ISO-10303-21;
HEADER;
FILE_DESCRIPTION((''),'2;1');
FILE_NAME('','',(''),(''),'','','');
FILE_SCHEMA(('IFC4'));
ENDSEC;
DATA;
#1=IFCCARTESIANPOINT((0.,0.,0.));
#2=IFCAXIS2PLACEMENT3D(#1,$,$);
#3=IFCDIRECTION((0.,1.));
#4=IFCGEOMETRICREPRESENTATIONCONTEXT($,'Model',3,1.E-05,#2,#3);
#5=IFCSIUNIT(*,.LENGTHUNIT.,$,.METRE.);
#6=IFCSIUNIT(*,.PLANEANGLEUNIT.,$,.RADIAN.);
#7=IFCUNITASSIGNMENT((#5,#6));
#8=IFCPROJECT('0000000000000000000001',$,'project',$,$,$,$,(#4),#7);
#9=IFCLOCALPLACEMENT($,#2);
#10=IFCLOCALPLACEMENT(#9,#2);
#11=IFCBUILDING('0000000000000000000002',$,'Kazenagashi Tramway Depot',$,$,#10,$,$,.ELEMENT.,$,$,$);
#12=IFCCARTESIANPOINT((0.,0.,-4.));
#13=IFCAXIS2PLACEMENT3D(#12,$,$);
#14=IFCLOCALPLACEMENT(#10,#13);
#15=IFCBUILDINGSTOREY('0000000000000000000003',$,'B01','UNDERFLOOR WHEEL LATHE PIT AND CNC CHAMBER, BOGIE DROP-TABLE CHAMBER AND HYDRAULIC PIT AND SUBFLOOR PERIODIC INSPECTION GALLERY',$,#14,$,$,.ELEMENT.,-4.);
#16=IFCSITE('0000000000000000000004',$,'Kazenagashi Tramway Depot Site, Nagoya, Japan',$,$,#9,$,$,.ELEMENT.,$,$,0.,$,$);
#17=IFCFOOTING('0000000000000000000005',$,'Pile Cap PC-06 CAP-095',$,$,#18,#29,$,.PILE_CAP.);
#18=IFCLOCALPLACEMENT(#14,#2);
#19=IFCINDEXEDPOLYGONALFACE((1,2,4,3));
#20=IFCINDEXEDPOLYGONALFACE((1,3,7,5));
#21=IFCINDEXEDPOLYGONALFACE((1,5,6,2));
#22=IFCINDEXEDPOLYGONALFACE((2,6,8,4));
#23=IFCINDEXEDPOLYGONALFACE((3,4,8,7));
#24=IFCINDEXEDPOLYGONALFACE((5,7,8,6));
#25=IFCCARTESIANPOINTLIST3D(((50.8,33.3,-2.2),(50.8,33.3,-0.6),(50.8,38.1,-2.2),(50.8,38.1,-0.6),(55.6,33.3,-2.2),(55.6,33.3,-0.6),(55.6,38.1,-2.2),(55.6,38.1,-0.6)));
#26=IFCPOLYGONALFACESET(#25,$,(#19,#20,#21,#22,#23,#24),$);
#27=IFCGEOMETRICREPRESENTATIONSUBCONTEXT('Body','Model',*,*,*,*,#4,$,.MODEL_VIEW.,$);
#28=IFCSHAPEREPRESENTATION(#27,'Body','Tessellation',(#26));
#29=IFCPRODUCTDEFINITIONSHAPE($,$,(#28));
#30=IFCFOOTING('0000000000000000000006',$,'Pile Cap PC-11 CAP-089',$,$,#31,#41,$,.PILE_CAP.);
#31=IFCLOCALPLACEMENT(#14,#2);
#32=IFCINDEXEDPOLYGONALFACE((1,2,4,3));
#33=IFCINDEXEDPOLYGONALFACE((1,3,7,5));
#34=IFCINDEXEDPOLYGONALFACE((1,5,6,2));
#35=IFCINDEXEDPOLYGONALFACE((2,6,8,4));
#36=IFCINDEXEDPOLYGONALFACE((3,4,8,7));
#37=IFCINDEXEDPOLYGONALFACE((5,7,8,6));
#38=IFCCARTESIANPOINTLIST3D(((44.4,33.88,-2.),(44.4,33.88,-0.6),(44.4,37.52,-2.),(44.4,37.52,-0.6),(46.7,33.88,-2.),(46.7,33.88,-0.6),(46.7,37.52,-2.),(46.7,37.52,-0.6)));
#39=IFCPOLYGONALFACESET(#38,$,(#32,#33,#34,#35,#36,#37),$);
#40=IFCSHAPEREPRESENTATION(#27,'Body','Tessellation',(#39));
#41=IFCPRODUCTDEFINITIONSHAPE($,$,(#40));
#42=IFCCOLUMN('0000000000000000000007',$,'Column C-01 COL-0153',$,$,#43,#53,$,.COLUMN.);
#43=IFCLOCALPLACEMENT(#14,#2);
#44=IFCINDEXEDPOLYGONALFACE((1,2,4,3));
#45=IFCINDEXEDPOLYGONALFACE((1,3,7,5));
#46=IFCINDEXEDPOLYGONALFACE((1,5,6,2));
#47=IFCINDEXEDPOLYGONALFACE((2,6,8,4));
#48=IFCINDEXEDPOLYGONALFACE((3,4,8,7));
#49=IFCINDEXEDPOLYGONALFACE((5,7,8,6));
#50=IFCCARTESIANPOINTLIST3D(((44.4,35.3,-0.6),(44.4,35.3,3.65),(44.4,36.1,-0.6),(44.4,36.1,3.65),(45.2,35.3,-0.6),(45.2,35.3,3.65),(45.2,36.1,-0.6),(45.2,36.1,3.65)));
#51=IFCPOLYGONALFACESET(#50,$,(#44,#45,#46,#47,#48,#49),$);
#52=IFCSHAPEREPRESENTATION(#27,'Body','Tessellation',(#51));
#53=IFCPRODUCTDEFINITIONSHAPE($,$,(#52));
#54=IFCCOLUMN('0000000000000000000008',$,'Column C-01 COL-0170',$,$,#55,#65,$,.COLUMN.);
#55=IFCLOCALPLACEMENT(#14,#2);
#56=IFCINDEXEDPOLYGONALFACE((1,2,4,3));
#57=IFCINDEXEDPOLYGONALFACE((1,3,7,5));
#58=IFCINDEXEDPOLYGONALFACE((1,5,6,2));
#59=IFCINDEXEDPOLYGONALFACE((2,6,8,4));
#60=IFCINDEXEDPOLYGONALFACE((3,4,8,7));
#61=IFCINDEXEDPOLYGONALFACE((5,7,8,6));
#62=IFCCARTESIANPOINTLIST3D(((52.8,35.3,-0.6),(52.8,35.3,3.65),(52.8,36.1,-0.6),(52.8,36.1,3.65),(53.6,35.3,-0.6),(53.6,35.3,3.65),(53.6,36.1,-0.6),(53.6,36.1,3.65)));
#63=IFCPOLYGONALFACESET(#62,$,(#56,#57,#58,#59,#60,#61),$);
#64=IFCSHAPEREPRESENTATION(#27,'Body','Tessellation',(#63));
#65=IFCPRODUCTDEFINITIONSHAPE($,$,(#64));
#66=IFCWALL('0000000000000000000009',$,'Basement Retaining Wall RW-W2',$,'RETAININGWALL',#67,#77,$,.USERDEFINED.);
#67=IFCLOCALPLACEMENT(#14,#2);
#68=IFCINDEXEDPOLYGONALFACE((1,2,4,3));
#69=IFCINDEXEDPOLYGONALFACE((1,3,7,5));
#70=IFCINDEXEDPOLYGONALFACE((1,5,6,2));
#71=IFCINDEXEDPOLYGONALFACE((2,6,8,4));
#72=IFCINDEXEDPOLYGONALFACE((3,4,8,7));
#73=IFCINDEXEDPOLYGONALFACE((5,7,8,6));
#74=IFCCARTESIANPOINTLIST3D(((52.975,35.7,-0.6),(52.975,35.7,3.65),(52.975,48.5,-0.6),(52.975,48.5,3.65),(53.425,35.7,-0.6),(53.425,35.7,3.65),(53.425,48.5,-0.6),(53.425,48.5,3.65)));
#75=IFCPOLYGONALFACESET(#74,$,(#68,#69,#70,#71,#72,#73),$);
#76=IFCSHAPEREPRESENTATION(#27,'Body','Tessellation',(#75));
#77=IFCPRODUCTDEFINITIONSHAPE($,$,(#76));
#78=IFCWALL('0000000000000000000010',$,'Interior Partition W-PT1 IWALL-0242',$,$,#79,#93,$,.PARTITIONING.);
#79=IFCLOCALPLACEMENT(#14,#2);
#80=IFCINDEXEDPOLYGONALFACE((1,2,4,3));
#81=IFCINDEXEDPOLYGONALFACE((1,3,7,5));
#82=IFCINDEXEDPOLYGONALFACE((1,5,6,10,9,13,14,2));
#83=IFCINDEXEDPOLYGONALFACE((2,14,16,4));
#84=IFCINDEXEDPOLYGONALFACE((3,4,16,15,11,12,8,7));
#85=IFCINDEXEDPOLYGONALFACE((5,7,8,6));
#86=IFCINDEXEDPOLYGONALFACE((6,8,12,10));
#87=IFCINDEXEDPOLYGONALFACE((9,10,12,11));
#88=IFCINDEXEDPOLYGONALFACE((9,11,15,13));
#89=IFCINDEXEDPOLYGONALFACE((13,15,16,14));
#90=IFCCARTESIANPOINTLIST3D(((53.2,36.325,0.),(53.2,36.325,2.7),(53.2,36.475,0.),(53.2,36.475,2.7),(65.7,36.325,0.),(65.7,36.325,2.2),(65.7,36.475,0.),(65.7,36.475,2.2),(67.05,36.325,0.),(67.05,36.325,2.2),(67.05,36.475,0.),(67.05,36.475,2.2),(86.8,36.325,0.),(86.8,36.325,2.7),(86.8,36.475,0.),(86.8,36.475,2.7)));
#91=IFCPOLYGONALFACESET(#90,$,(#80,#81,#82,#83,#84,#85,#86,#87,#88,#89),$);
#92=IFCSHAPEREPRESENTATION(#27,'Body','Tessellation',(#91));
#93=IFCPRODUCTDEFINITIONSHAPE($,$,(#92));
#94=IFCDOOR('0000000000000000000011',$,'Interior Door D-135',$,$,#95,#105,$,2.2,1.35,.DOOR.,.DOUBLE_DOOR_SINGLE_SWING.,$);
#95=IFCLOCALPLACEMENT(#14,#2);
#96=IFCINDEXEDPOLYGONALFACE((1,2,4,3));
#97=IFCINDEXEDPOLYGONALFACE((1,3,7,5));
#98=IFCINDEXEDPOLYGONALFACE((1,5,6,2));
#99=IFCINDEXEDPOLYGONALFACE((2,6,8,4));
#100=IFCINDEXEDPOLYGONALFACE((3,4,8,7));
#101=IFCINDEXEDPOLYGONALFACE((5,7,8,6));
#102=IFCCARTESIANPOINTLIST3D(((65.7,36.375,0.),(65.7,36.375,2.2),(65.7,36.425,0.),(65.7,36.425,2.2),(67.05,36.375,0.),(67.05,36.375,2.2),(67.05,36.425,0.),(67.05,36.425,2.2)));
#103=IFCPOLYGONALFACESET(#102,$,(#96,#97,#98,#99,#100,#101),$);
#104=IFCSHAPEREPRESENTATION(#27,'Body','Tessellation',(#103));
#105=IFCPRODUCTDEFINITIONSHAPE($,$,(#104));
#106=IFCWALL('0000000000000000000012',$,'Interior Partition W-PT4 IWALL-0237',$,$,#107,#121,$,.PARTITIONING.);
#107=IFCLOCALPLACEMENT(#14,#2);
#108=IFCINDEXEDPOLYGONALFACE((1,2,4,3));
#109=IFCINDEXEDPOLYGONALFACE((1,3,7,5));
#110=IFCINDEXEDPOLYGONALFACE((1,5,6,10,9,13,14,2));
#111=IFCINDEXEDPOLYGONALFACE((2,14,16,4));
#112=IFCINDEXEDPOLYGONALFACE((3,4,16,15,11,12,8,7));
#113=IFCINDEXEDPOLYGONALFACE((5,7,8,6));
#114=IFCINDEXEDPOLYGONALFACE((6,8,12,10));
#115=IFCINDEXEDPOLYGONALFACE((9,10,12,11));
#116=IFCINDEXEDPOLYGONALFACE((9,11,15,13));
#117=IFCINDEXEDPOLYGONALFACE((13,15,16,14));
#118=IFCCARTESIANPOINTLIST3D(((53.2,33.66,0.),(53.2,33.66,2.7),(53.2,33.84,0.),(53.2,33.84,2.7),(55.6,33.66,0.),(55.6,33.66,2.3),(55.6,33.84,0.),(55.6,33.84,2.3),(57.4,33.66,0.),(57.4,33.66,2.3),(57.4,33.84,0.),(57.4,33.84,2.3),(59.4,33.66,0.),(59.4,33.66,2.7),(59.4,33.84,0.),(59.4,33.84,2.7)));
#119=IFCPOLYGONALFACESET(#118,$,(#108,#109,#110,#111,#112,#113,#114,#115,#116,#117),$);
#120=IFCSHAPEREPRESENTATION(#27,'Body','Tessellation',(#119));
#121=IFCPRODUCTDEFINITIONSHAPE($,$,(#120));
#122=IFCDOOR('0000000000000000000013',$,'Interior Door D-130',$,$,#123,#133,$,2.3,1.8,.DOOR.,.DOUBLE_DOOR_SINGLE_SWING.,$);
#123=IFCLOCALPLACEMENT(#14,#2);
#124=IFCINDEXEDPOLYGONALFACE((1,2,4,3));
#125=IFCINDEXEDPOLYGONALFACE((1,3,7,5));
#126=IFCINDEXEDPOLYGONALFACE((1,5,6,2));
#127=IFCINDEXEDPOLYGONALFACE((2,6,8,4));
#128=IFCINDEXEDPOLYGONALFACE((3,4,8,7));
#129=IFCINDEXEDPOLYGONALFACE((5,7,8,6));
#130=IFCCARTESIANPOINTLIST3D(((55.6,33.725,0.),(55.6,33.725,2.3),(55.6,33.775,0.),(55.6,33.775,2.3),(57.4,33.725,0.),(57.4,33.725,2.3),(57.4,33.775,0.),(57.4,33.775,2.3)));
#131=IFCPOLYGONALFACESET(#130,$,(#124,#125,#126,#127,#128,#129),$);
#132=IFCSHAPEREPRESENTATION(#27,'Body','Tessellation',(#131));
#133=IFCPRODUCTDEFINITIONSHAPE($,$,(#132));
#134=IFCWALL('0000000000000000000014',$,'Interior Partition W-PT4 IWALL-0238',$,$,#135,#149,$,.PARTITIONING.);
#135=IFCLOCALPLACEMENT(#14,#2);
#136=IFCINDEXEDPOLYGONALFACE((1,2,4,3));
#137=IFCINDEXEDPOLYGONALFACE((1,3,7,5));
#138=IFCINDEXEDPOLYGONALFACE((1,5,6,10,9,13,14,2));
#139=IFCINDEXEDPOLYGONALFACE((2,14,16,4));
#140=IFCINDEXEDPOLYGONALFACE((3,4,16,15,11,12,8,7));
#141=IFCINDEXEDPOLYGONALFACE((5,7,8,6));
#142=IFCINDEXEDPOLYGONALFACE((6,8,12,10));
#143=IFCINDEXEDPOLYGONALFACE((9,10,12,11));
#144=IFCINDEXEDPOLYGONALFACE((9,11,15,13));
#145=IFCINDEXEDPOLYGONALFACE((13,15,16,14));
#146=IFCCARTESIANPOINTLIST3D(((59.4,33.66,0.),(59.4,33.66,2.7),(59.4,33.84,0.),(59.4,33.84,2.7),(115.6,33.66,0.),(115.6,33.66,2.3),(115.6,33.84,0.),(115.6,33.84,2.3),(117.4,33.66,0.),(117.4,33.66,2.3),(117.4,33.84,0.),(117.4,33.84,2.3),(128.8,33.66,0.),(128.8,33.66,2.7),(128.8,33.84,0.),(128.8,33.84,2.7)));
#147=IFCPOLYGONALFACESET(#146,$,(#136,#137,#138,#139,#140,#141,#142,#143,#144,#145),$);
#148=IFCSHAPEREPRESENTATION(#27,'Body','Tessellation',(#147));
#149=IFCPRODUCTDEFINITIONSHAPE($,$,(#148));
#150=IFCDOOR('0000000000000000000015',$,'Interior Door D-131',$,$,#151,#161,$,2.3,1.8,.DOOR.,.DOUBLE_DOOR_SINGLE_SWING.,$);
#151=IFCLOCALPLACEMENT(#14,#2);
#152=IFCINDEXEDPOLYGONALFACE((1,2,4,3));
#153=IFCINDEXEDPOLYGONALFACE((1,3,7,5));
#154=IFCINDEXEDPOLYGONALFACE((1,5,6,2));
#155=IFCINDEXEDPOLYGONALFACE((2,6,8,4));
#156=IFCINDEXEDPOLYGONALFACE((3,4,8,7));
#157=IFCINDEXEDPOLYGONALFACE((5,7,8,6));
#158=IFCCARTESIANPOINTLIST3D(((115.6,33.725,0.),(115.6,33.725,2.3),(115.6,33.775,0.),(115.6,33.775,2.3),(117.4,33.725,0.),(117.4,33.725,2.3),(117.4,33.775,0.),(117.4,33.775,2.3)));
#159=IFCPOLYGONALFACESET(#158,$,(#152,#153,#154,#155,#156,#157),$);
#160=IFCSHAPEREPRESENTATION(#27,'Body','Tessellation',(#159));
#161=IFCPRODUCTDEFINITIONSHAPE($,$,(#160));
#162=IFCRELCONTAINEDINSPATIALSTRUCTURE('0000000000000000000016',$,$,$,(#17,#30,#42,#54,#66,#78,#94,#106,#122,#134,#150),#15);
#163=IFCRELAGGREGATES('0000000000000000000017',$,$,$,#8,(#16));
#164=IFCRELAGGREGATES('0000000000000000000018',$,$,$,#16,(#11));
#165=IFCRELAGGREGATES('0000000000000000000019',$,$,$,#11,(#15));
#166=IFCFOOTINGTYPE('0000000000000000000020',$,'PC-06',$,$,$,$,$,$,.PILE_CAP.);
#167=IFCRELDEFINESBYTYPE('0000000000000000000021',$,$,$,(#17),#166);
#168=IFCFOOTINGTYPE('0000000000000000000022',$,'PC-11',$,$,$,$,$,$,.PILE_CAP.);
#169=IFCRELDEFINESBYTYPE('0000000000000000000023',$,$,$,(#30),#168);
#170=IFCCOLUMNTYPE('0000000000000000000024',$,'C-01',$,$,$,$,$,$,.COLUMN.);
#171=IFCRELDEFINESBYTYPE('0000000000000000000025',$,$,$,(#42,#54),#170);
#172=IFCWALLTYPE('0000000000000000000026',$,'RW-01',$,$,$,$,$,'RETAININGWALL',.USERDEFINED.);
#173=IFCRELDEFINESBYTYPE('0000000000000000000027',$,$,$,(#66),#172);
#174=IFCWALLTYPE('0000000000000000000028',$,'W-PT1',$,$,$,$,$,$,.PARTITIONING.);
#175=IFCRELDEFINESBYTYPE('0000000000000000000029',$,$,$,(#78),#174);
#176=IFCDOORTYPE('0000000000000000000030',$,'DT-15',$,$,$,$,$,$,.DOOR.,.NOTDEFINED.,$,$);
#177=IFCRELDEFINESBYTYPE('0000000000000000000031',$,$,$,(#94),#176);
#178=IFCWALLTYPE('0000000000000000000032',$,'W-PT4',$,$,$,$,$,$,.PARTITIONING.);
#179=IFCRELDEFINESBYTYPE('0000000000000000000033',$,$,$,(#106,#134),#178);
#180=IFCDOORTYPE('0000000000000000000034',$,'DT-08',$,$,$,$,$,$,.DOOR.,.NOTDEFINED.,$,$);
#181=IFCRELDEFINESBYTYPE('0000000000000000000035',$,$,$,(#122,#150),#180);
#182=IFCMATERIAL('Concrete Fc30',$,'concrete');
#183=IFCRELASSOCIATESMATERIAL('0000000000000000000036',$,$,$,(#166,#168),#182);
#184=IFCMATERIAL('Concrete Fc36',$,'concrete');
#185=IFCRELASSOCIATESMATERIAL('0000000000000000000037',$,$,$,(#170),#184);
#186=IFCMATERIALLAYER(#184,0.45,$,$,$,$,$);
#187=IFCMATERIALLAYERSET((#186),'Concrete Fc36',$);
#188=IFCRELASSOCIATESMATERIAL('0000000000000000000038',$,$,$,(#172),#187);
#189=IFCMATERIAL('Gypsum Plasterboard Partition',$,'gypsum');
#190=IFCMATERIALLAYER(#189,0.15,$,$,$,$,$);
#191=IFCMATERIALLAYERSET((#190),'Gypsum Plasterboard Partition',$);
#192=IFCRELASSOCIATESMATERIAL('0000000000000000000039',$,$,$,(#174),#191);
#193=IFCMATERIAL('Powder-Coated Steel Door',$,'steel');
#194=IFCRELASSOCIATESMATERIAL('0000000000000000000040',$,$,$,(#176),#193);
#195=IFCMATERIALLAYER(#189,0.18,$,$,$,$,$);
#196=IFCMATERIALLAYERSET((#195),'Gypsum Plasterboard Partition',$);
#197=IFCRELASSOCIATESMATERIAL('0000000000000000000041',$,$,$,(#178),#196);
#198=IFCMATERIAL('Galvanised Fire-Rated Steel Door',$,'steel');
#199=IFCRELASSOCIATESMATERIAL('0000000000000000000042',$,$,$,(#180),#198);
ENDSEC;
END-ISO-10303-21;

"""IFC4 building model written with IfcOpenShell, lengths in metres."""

from ifc_helpers import new_model, si_unit, direction, frame, frame_2d, origin, origin_2d, place, context, subcontext, project, spatial, rectangle, extrude, material, layer, layer_set, material_profile, profile_set, type_object, element, fill, save


model = new_model("IFC4")

# Units and contexts
model_context = context("Model", 3, precision=1e-05, world=origin(), true_north=direction((0.0, 1.0)))
body_context = subcontext(model_context, "Body", "Model", "MODEL_VIEW")
ifc_project = project(units=[si_unit("LENGTHUNIT", "METRE"), si_unit("PLANEANGLEUNIT", "RADIAN")], contexts=[model_context])

# Site, building, storey
site_placement = place(None, origin())
site = spatial("IfcSite", under=ifc_project, at=site_placement, Name="Kazenagashi Tramway Depot Site, Nagoya, Japan", CompositionType="ELEMENT", RefElevation=0.0)
building_placement = place(site_placement, origin())
building = spatial("IfcBuilding", under=site, at=building_placement, Name="Kazenagashi Tramway Depot", CompositionType="ELEMENT")
storey_placement = place(building_placement, frame((0.0, 0.0, -4.0)))
storey = spatial("IfcBuildingStorey", under=building, at=storey_placement, Name="B01", Description="UNDERFLOOR WHEEL LATHE PIT AND CNC CHAMBER, BOGIE DROP-TABLE CHAMBER AND HYDRAULIC PIT AND SUBFLOOR PERIODIC INSPECTION GALLERY", CompositionType="ELEMENT", Elevation=-4.0)

# Shared definitions
ifc_material_1 = material(Name="Concrete Fc30", Category="concrete")

# Footings
footing_type_1 = type_object("IfcFootingType", Name="PC-06", PredefinedType="PILE_CAP", material=ifc_material_1)
footing_1_placement = place(storey_placement, frame((53.2, 35.7, -2.2), z_axis=(0.0, 0.0, 1.0), x_axis=(1.0, 0.0, 0.0)))
element("IfcFooting", 1, at=footing_1_placement, inside=storey, type_object=footing_type_1, Name="Pile Cap PC-06 CAP-095", PredefinedType="PILE_CAP", context=body_context, shape_type="SweptSolid", body=[
    extrude(rectangle(XDim=4.8, YDim=4.8, at=origin_2d()), origin(), (0.0, 0.0, 1.0), 1.6),
])
footing_type_2 = type_object("IfcFootingType", Name="PC-11", PredefinedType="PILE_CAP", material=ifc_material_1)
footing_2_placement = place(storey_placement, frame((45.55, 35.7, -2.0), z_axis=(0.0, 0.0, 1.0), x_axis=(1.0, 0.0, 0.0)))
element("IfcFooting", 2, at=footing_2_placement, inside=storey, type_object=footing_type_2, Name="Pile Cap PC-11 CAP-089", PredefinedType="PILE_CAP", context=body_context, shape_type="SweptSolid", body=[
    extrude(rectangle(XDim=2.3, YDim=3.64, at=origin_2d()), origin(), (0.0, 0.0, 1.0), 1.4),
])

# Columns
ifc_material_2 = material(Name="Concrete Fc36", Category="concrete")
ifc_material_profile_1 = material_profile(ifc_material_2, rectangle(XDim=0.8, YDim=0.8, at=origin_2d()), Name="RC-800x800")
ifc_profile_set_1 = profile_set([ifc_material_profile_1], Name="Concrete Fc36")
column_type = type_object("IfcColumnType", Name="C-01", PredefinedType="COLUMN", material=ifc_profile_set_1)
for number, where, z_axis, x_axis, name in (
    (3, (44.8, 35.7, -0.6), (0.0, 0.0, 1.0), (1.0, 0.0, 0.0), "Column C-01 COL-0153"),
    (4, (53.2, 35.7, -0.6), (0.0, 0.0, 1.0), (1.0, 0.0, 0.0), "Column C-01 COL-0170"),
):
    element("IfcColumn", number, at=place(storey_placement, frame(where, z_axis=z_axis, x_axis=x_axis)), inside=storey, type_object=column_type, Name=name, PredefinedType="COLUMN", context=body_context, shape_type="SweptSolid", body=[
        extrude(rectangle(XDim=0.8, YDim=0.8, at=origin_2d()), origin(), (0.0, 0.0, 1.0), 4.25),
    ])

# Wall
ifc_layer_1 = layer(ifc_material_2, 0.45)
ifc_layer_set_1 = layer_set([ifc_layer_1], Name="Concrete Fc36")
wall_type_1 = type_object("IfcWallType", Name="RW-01", ElementType="RETAININGWALL", PredefinedType="USERDEFINED", material=ifc_layer_set_1)
wall_1_placement = place(storey_placement, frame((53.2, 35.7, -0.6), z_axis=(0.0, 0.0, 1.0), x_axis=(0.0, 1.0, 0.0)))
element("IfcWall", 5, at=wall_1_placement, inside=storey, type_object=wall_type_1, Name="Basement Retaining Wall RW-W2", ObjectType="RETAININGWALL", PredefinedType="USERDEFINED", context=body_context, shape_type="SweptSolid", body=[
    extrude(rectangle(XDim=12.8, YDim=0.45, at=frame_2d((6.4, 0.0))), origin(), (0.0, 0.0, 1.0), 4.25),
])

# Walls, openings, doors
ifc_material_3 = material(Name="Gypsum Plasterboard Partition", Category="gypsum")
ifc_layer_2 = layer(ifc_material_3, 0.15)
ifc_layer_set_2 = layer_set([ifc_layer_2], Name="Gypsum Plasterboard Partition")
wall_type_2 = type_object("IfcWallType", Name="W-PT1", PredefinedType="PARTITIONING", material=ifc_layer_set_2)
wall_2_placement = place(storey_placement, frame((53.2, 36.4, 0.0), z_axis=(0.0, 0.0, 1.0), x_axis=(1.0, 0.0, 0.0)))
wall_2 = element("IfcWall", 6, at=wall_2_placement, inside=storey, type_object=wall_type_2, Name="Interior Partition W-PT1 IWALL-0242", PredefinedType="PARTITIONING", context=body_context, shape_type="SweptSolid", body=[
    extrude(rectangle(XDim=33.6, YDim=0.15, at=frame_2d((16.8, 0.0))), origin(), (0.0, 0.0, 1.0), 2.7),
])
opening_1_placement = place(wall_2_placement, frame((12.5, 0.0, 0.0)))
opening_1 = element("IfcOpeningElement", 7, at=opening_1_placement, cuts=wall_2, PredefinedType="OPENING", context=body_context, shape_type="SweptSolid", body=[
    extrude(rectangle(XDim=1.35, YDim=2.2, at=frame_2d((0.675, 1.1))), frame((0.0, 0.085, 0.0), z_axis=(0.0, -1.0, 0.0), x_axis=(1.0, 0.0, 0.0)), (0.0, 0.0, 1.0), 0.17),
])
ifc_material_4 = material(Name="Powder-Coated Steel Door", Category="steel")
door_type_1 = type_object("IfcDoorType", Name="DT-15", OperationType="NOTDEFINED", PredefinedType="DOOR", material=ifc_material_4)
door_1_placement = place(opening_1_placement, origin())
door_1 = element("IfcDoor", 8, at=door_1_placement, inside=storey, type_object=door_type_1, Name="Interior Door D-135", OperationType="DOUBLE_DOOR_SINGLE_SWING", OverallHeight=2.2, OverallWidth=1.35, PredefinedType="DOOR", context=body_context, shape_type="SweptSolid", body=[
    extrude(rectangle(XDim=1.35, YDim=2.2, at=frame_2d((0.675, 1.1))), frame((0.0, 0.025, 0.0), z_axis=(0.0, -1.0, 0.0), x_axis=(1.0, 0.0, 0.0)), (0.0, 0.0, 1.0), 0.05),
])
fill(opening_1, door_1)
ifc_layer_3 = layer(ifc_material_3, 0.18)
ifc_layer_set_3 = layer_set([ifc_layer_3], Name="Gypsum Plasterboard Partition")
wall_type_3 = type_object("IfcWallType", Name="W-PT4", PredefinedType="PARTITIONING", material=ifc_layer_set_3)
wall_3_placement = place(storey_placement, frame((53.2, 33.75, 0.0), z_axis=(0.0, 0.0, 1.0), x_axis=(1.0, 0.0, 0.0)))
wall_3 = element("IfcWall", 9, at=wall_3_placement, inside=storey, type_object=wall_type_3, Name="Interior Partition W-PT4 IWALL-0237", PredefinedType="PARTITIONING", context=body_context, shape_type="SweptSolid", body=[
    extrude(rectangle(XDim=6.2, YDim=0.18, at=frame_2d((3.1, 0.0))), origin(), (0.0, 0.0, 1.0), 2.7),
])
opening_2_placement = place(wall_3_placement, frame((2.4, 0.0, 0.0)))
opening_2 = element("IfcOpeningElement", 10, at=opening_2_placement, cuts=wall_3, PredefinedType="OPENING", context=body_context, shape_type="SweptSolid", body=[
    extrude(rectangle(XDim=1.8, YDim=2.3, at=frame_2d((0.9, 1.15))), frame((0.0, 0.1, 0.0), z_axis=(0.0, -1.0, 0.0), x_axis=(1.0, 0.0, 0.0)), (0.0, 0.0, 1.0), 0.2),
])
ifc_material_5 = material(Name="Galvanised Fire-Rated Steel Door", Category="steel")
door_type_2 = type_object("IfcDoorType", Name="DT-08", OperationType="NOTDEFINED", PredefinedType="DOOR", material=ifc_material_5)
door_2_placement = place(opening_2_placement, origin())
door_2 = element("IfcDoor", 11, at=door_2_placement, inside=storey, type_object=door_type_2, Name="Interior Door D-130", OperationType="DOUBLE_DOOR_SINGLE_SWING", OverallHeight=2.3, OverallWidth=1.8, PredefinedType="DOOR", context=body_context, shape_type="SweptSolid", body=[
    extrude(rectangle(XDim=1.8, YDim=2.3, at=frame_2d((0.9, 1.15))), frame((0.0, 0.025, 0.0), z_axis=(0.0, -1.0, 0.0), x_axis=(1.0, 0.0, 0.0)), (0.0, 0.0, 1.0), 0.05),
])
fill(opening_2, door_2)
wall_4_placement = place(storey_placement, frame((59.4, 33.75, 0.0), z_axis=(0.0, 0.0, 1.0), x_axis=(1.0, 0.0, 0.0)))
wall_4 = element("IfcWall", 12, at=wall_4_placement, inside=storey, type_object=wall_type_3, Name="Interior Partition W-PT4 IWALL-0238", PredefinedType="PARTITIONING", context=body_context, shape_type="SweptSolid", body=[
    extrude(rectangle(XDim=69.4, YDim=0.18, at=frame_2d((34.7, 0.0))), origin(), (0.0, 0.0, 1.0), 2.7),
])
opening_3_placement = place(wall_4_placement, frame((56.2, 0.0, 0.0)))
opening_3 = element("IfcOpeningElement", 13, at=opening_3_placement, cuts=wall_4, PredefinedType="OPENING", context=body_context, shape_type="SweptSolid", body=[
    extrude(rectangle(XDim=1.8, YDim=2.3, at=frame_2d((0.9, 1.15))), frame((0.0, 0.1, 0.0), z_axis=(0.0, -1.0, 0.0), x_axis=(1.0, 0.0, 0.0)), (0.0, 0.0, 1.0), 0.2),
])
door_3_placement = place(opening_3_placement, origin())
door_3 = element("IfcDoor", 14, at=door_3_placement, inside=storey, type_object=door_type_2, Name="Interior Door D-131", OperationType="DOUBLE_DOOR_SINGLE_SWING", OverallHeight=2.3, OverallWidth=1.8, PredefinedType="DOOR", context=body_context, shape_type="SweptSolid", body=[
    extrude(rectangle(XDim=1.8, YDim=2.3, at=frame_2d((0.9, 1.15))), frame((0.0, 0.025, 0.0), z_axis=(0.0, -1.0, 0.0), x_axis=(1.0, 0.0, 0.0)), (0.0, 0.0, 1.0), 0.05),
])
fill(opening_3, door_3)

save(model, "model.ifc")
